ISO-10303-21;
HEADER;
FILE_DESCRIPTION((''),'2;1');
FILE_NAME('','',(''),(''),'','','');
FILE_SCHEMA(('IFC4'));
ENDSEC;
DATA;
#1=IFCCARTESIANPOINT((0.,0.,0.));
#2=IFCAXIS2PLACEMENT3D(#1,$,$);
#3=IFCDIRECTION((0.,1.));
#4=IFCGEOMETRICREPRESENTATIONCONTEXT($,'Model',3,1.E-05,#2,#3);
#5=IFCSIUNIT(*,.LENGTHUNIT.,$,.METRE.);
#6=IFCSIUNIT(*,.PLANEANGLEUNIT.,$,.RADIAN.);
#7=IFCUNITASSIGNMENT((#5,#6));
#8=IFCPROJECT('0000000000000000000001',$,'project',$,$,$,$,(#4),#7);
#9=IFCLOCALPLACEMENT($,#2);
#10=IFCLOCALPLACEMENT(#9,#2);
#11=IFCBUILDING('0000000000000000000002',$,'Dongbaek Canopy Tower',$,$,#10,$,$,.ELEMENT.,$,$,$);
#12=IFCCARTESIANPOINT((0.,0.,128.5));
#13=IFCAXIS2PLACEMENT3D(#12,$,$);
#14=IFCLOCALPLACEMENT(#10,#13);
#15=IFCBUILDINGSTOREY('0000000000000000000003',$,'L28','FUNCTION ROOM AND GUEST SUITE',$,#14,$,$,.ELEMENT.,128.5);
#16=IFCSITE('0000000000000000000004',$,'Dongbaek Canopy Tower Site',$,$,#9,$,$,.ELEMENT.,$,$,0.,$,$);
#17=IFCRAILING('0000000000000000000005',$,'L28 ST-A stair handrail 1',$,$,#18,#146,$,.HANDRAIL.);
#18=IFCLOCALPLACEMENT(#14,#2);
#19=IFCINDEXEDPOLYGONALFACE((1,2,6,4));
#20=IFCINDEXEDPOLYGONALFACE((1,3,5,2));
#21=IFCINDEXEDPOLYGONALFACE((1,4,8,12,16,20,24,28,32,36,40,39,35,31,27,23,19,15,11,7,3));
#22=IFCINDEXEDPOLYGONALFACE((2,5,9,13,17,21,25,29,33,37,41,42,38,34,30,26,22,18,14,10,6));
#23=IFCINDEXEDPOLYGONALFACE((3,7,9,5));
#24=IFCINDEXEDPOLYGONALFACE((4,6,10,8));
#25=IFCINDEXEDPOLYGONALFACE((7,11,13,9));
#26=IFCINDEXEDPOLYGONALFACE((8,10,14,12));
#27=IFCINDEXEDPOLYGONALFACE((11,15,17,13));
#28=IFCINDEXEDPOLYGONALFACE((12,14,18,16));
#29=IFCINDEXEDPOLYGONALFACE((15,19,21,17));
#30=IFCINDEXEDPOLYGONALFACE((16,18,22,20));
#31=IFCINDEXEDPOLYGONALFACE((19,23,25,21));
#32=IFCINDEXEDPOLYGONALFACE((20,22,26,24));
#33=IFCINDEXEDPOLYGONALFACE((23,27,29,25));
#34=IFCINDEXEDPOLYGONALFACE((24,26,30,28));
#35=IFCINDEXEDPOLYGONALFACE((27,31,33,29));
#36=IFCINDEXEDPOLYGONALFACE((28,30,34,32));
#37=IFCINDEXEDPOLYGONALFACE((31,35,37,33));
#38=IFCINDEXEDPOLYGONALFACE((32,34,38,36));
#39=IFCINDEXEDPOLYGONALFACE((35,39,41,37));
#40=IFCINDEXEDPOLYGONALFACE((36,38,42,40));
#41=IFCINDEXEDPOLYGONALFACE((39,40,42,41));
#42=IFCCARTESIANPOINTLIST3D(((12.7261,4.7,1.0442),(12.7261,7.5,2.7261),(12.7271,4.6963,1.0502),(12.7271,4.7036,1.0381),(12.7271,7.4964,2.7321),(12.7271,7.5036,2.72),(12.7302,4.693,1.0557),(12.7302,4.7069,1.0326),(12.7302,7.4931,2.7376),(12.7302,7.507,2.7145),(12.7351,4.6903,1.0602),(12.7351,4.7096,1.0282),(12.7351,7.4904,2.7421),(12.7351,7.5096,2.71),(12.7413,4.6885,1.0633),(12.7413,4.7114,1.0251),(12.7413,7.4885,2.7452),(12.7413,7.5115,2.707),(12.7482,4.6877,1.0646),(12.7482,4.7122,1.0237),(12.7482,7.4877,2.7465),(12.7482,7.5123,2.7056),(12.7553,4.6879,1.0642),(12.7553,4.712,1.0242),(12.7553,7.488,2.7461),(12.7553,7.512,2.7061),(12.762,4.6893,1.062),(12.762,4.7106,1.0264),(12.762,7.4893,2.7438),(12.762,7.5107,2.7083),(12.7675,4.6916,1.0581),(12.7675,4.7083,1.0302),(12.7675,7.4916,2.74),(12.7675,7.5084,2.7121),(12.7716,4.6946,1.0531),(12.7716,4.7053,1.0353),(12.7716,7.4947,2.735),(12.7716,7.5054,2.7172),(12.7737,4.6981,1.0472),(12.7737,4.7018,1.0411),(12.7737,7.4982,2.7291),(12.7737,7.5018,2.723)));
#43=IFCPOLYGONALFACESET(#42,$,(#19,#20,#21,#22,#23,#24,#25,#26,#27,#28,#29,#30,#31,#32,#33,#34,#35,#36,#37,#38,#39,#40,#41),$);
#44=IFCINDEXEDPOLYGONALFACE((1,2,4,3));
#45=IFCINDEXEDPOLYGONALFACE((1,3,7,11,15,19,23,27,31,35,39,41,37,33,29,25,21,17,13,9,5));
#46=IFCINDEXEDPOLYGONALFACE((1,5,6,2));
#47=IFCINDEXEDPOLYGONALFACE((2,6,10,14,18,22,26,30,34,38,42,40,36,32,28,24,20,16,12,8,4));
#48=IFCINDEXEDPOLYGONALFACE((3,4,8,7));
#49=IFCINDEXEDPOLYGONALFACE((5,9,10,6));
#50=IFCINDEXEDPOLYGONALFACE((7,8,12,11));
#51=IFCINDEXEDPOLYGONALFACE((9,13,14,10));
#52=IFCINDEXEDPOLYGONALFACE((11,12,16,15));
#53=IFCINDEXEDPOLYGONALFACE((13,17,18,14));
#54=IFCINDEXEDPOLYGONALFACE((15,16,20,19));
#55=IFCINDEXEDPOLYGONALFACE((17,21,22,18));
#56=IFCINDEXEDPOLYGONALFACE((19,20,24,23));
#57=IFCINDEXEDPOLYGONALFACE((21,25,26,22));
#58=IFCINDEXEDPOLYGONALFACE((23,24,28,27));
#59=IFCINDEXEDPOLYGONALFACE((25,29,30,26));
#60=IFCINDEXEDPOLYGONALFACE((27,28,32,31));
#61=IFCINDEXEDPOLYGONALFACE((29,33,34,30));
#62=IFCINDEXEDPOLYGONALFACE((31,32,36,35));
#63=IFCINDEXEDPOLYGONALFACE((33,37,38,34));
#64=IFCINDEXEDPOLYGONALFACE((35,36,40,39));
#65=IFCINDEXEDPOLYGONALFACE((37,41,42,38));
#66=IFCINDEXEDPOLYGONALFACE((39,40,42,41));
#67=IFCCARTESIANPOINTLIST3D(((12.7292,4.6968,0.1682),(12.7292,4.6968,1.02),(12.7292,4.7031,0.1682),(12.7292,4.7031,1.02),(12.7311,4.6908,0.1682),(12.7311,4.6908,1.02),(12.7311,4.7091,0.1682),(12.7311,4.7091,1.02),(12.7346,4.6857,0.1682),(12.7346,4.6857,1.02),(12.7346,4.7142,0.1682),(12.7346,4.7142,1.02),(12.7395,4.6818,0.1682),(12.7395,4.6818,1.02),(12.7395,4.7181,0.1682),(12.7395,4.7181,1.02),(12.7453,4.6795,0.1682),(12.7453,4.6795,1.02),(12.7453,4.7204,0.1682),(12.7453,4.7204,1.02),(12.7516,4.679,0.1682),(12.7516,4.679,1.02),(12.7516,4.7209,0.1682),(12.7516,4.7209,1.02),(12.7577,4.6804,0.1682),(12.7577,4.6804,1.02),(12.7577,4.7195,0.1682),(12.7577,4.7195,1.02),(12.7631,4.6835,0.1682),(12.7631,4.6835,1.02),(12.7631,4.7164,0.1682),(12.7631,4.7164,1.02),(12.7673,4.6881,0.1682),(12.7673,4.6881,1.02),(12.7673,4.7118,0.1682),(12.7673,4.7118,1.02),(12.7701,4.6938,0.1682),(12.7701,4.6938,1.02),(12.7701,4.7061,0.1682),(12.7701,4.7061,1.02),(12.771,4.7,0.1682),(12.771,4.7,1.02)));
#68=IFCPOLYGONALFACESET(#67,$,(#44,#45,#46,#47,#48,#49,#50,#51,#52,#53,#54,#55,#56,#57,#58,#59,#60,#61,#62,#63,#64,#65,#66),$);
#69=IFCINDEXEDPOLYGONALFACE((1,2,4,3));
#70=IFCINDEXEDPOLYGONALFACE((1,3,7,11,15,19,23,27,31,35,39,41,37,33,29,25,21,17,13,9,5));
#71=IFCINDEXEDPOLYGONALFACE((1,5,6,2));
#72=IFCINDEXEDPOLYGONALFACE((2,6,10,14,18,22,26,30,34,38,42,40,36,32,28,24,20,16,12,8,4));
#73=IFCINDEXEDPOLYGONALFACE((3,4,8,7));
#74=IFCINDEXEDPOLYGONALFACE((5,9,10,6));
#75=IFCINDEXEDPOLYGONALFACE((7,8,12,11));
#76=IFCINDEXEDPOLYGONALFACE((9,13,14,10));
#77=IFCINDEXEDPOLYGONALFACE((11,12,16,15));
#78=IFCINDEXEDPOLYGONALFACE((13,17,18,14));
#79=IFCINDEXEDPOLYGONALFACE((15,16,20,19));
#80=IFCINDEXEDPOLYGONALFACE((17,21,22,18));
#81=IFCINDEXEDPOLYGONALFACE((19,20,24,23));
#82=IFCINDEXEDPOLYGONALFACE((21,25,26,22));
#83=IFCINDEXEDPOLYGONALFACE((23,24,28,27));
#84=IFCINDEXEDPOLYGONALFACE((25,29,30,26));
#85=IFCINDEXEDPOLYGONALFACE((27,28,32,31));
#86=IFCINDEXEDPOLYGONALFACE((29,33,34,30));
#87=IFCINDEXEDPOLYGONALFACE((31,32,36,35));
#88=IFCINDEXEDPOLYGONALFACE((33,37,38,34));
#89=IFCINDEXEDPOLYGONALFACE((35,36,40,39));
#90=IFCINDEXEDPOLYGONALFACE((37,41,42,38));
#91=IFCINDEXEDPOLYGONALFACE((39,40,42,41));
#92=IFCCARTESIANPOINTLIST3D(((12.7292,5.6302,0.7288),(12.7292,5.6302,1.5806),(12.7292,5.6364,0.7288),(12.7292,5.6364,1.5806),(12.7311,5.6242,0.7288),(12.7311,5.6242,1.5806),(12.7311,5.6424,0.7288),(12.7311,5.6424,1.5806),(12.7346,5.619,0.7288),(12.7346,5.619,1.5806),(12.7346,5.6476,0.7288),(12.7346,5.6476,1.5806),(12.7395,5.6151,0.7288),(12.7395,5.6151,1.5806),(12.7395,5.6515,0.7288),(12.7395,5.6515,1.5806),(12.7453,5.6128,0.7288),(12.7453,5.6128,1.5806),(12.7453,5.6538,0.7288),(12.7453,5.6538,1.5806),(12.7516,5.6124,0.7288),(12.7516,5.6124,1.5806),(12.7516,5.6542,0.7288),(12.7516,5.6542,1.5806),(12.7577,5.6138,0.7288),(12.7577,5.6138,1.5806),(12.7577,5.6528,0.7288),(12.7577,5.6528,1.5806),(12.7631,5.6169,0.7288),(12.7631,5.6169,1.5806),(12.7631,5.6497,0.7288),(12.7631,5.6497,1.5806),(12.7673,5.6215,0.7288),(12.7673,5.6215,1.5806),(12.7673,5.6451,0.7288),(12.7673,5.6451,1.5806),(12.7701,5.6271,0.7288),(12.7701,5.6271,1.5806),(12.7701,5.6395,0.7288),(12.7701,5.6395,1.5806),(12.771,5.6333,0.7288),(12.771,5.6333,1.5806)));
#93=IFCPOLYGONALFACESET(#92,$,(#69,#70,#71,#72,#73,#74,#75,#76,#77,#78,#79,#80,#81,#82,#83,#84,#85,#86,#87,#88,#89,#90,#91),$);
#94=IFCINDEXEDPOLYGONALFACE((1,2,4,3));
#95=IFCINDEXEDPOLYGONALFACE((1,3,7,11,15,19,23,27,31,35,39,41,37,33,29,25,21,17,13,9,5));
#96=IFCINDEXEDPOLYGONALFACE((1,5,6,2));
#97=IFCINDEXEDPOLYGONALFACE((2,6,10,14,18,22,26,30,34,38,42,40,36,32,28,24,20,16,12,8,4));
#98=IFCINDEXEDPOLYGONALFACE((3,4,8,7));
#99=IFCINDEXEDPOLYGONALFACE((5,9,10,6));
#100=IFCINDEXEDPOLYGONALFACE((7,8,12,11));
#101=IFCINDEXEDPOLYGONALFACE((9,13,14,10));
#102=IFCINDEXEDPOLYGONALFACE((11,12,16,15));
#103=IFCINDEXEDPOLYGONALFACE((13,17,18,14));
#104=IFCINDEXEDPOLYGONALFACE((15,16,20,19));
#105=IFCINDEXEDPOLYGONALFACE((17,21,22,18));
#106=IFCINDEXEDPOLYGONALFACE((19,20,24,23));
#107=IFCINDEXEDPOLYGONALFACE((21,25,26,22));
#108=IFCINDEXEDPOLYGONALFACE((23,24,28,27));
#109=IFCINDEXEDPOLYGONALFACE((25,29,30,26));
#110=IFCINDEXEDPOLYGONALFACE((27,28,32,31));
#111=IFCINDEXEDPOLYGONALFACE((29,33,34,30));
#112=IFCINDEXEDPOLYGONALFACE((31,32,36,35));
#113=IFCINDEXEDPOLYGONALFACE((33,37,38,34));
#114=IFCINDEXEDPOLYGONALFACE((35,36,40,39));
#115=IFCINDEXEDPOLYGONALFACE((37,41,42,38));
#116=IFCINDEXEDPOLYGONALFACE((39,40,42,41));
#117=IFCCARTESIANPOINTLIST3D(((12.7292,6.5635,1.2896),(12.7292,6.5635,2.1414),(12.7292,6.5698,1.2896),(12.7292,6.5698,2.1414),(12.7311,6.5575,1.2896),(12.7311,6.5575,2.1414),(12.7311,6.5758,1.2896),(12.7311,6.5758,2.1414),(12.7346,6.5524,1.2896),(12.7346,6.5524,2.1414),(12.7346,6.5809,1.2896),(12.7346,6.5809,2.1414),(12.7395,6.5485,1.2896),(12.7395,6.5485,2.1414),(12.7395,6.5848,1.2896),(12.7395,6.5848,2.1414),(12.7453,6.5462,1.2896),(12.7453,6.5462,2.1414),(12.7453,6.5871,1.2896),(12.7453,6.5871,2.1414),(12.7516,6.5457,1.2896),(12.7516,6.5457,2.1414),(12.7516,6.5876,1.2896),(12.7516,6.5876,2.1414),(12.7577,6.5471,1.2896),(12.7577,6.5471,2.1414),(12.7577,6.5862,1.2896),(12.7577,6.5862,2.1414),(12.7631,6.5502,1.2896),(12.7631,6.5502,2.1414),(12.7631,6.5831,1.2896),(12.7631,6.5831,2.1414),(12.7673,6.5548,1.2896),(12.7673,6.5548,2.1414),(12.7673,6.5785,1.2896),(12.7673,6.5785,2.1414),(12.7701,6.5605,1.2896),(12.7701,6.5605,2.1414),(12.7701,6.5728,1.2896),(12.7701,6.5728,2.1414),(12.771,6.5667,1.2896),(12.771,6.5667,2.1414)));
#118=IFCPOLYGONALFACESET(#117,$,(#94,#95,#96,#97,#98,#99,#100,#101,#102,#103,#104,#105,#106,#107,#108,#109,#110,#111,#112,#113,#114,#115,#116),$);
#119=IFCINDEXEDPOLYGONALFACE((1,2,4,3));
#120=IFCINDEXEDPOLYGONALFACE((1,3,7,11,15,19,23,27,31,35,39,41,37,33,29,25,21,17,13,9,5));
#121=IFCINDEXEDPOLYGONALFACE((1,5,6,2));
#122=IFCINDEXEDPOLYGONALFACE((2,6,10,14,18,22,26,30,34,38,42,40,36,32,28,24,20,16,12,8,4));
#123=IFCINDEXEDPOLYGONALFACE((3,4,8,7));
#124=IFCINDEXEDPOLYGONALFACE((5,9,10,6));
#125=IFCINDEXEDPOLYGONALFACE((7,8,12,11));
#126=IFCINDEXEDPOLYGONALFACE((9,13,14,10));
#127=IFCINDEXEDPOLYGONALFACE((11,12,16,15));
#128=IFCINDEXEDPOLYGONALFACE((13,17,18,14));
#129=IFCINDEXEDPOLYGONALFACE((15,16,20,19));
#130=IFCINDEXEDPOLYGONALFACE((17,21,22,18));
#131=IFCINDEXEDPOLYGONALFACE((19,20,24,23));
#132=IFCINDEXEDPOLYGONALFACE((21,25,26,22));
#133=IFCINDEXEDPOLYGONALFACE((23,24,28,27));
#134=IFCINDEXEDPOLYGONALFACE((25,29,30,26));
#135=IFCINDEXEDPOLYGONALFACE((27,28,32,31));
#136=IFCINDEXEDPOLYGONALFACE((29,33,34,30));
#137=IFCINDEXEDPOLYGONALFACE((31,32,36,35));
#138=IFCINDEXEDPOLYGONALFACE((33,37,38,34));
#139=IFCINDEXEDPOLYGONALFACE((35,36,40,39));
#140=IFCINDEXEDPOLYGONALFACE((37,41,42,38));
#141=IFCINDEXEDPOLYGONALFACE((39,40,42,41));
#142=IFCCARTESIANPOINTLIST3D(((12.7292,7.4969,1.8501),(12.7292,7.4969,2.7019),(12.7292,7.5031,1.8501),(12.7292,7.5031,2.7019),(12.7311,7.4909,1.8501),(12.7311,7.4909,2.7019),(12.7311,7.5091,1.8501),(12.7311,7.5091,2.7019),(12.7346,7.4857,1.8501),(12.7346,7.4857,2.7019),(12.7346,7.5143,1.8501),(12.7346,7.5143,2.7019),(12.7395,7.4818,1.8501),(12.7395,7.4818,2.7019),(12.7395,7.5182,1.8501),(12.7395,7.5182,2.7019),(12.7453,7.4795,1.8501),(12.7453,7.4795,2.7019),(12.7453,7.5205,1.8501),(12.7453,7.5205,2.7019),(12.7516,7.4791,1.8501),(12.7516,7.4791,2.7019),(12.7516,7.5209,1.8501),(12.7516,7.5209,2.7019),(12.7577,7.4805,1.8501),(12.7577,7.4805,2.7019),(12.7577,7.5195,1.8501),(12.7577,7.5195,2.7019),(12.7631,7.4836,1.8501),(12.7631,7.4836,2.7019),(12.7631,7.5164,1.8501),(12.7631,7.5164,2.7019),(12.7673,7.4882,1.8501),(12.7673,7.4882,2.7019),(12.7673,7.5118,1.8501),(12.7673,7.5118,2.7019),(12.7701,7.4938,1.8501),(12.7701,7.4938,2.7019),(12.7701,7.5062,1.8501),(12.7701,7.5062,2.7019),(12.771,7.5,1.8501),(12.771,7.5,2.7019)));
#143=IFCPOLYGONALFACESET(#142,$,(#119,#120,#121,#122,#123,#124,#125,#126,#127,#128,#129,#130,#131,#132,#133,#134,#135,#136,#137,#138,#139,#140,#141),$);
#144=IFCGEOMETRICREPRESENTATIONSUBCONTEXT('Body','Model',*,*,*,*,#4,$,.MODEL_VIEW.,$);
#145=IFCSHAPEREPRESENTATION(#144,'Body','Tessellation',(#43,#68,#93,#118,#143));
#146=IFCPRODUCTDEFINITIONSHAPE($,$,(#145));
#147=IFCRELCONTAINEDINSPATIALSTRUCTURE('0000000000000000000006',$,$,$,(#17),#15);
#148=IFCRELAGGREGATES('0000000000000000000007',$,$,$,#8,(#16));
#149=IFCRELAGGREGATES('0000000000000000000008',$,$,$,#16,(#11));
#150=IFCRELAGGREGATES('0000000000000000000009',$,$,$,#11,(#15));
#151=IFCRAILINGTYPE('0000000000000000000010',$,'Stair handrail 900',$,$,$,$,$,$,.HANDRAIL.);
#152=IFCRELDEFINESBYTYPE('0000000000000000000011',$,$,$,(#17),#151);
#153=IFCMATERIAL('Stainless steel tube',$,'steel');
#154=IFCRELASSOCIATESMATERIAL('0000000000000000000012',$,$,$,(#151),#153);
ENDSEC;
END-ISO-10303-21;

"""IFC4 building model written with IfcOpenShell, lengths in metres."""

from ifc_helpers import new_model, si_unit, direction, frame, origin, origin_2d, place, context, subcontext, project, spatial, circle, extrude, material, type_object, element, save


model = new_model("IFC4")

# Units and contexts
model_context = context("Model", 3, precision=1e-05, world=origin(), true_north=direction((0.0, 1.0)))
body_context = subcontext(model_context, "Body", "Model", "MODEL_VIEW")
ifc_project = project(units=[si_unit("LENGTHUNIT", "METRE"), si_unit("PLANEANGLEUNIT", "RADIAN")], contexts=[model_context])

# Site, building, storey
site_placement = place(None, origin())
site = spatial("IfcSite", under=ifc_project, at=site_placement, Name="Dongbaek Canopy Tower Site", CompositionType="ELEMENT", RefElevation=0.0)
building_placement = place(site_placement, origin())
building = spatial("IfcBuilding", under=site, at=building_placement, Name="Dongbaek Canopy Tower", CompositionType="ELEMENT")
storey_placement = place(building_placement, frame((0.0, 0.0, 128.5)))
storey = spatial("IfcBuildingStorey", under=building, at=storey_placement, Name="L28", Description="FUNCTION ROOM AND GUEST SUITE", CompositionType="ELEMENT", Elevation=128.5)

# Railing
ifc_material_1 = material(Name="Stainless steel tube", Category="steel")
railing_type_1 = type_object("IfcRailingType", Name="Stair handrail 900", PredefinedType="HANDRAIL", material=ifc_material_1)
railing_1_placement = place(storey_placement, frame((12.75, 4.7, 0.1682)))
element("IfcRailing", 1, at=railing_1_placement, inside=storey, type_object=railing_type_1, Name="L28 ST-A stair handrail 1", PredefinedType="HANDRAIL", context=body_context, shape_type="SweptSolid", body=[
    extrude(circle(Radius=0.0239, at=origin_2d()), frame((0.0, 0.0, 0.876), z_axis=(0.0, 0.857242, 0.514913), x_axis=(-1.0, 0.0, 0.0)), (0.0, 0.0, 1.0), 3.2664),
    extrude(circle(Radius=0.021, at=origin_2d()), origin(), (0.0, 0.0, 1.0), 0.8518),
    extrude(circle(Radius=0.021, at=origin_2d()), frame((0.0, 0.9333, 0.5605)), (0.0, 0.0, 1.0), 0.8518),
    extrude(circle(Radius=0.021, at=origin_2d()), frame((0.0, 1.8667, 1.1213)), (0.0, 0.0, 1.0), 0.8518),
    extrude(circle(Radius=0.021, at=origin_2d()), frame((0.0, 2.8, 1.6819)), (0.0, 0.0, 1.0), 0.8518),
])

save(model, "model.ifc")
